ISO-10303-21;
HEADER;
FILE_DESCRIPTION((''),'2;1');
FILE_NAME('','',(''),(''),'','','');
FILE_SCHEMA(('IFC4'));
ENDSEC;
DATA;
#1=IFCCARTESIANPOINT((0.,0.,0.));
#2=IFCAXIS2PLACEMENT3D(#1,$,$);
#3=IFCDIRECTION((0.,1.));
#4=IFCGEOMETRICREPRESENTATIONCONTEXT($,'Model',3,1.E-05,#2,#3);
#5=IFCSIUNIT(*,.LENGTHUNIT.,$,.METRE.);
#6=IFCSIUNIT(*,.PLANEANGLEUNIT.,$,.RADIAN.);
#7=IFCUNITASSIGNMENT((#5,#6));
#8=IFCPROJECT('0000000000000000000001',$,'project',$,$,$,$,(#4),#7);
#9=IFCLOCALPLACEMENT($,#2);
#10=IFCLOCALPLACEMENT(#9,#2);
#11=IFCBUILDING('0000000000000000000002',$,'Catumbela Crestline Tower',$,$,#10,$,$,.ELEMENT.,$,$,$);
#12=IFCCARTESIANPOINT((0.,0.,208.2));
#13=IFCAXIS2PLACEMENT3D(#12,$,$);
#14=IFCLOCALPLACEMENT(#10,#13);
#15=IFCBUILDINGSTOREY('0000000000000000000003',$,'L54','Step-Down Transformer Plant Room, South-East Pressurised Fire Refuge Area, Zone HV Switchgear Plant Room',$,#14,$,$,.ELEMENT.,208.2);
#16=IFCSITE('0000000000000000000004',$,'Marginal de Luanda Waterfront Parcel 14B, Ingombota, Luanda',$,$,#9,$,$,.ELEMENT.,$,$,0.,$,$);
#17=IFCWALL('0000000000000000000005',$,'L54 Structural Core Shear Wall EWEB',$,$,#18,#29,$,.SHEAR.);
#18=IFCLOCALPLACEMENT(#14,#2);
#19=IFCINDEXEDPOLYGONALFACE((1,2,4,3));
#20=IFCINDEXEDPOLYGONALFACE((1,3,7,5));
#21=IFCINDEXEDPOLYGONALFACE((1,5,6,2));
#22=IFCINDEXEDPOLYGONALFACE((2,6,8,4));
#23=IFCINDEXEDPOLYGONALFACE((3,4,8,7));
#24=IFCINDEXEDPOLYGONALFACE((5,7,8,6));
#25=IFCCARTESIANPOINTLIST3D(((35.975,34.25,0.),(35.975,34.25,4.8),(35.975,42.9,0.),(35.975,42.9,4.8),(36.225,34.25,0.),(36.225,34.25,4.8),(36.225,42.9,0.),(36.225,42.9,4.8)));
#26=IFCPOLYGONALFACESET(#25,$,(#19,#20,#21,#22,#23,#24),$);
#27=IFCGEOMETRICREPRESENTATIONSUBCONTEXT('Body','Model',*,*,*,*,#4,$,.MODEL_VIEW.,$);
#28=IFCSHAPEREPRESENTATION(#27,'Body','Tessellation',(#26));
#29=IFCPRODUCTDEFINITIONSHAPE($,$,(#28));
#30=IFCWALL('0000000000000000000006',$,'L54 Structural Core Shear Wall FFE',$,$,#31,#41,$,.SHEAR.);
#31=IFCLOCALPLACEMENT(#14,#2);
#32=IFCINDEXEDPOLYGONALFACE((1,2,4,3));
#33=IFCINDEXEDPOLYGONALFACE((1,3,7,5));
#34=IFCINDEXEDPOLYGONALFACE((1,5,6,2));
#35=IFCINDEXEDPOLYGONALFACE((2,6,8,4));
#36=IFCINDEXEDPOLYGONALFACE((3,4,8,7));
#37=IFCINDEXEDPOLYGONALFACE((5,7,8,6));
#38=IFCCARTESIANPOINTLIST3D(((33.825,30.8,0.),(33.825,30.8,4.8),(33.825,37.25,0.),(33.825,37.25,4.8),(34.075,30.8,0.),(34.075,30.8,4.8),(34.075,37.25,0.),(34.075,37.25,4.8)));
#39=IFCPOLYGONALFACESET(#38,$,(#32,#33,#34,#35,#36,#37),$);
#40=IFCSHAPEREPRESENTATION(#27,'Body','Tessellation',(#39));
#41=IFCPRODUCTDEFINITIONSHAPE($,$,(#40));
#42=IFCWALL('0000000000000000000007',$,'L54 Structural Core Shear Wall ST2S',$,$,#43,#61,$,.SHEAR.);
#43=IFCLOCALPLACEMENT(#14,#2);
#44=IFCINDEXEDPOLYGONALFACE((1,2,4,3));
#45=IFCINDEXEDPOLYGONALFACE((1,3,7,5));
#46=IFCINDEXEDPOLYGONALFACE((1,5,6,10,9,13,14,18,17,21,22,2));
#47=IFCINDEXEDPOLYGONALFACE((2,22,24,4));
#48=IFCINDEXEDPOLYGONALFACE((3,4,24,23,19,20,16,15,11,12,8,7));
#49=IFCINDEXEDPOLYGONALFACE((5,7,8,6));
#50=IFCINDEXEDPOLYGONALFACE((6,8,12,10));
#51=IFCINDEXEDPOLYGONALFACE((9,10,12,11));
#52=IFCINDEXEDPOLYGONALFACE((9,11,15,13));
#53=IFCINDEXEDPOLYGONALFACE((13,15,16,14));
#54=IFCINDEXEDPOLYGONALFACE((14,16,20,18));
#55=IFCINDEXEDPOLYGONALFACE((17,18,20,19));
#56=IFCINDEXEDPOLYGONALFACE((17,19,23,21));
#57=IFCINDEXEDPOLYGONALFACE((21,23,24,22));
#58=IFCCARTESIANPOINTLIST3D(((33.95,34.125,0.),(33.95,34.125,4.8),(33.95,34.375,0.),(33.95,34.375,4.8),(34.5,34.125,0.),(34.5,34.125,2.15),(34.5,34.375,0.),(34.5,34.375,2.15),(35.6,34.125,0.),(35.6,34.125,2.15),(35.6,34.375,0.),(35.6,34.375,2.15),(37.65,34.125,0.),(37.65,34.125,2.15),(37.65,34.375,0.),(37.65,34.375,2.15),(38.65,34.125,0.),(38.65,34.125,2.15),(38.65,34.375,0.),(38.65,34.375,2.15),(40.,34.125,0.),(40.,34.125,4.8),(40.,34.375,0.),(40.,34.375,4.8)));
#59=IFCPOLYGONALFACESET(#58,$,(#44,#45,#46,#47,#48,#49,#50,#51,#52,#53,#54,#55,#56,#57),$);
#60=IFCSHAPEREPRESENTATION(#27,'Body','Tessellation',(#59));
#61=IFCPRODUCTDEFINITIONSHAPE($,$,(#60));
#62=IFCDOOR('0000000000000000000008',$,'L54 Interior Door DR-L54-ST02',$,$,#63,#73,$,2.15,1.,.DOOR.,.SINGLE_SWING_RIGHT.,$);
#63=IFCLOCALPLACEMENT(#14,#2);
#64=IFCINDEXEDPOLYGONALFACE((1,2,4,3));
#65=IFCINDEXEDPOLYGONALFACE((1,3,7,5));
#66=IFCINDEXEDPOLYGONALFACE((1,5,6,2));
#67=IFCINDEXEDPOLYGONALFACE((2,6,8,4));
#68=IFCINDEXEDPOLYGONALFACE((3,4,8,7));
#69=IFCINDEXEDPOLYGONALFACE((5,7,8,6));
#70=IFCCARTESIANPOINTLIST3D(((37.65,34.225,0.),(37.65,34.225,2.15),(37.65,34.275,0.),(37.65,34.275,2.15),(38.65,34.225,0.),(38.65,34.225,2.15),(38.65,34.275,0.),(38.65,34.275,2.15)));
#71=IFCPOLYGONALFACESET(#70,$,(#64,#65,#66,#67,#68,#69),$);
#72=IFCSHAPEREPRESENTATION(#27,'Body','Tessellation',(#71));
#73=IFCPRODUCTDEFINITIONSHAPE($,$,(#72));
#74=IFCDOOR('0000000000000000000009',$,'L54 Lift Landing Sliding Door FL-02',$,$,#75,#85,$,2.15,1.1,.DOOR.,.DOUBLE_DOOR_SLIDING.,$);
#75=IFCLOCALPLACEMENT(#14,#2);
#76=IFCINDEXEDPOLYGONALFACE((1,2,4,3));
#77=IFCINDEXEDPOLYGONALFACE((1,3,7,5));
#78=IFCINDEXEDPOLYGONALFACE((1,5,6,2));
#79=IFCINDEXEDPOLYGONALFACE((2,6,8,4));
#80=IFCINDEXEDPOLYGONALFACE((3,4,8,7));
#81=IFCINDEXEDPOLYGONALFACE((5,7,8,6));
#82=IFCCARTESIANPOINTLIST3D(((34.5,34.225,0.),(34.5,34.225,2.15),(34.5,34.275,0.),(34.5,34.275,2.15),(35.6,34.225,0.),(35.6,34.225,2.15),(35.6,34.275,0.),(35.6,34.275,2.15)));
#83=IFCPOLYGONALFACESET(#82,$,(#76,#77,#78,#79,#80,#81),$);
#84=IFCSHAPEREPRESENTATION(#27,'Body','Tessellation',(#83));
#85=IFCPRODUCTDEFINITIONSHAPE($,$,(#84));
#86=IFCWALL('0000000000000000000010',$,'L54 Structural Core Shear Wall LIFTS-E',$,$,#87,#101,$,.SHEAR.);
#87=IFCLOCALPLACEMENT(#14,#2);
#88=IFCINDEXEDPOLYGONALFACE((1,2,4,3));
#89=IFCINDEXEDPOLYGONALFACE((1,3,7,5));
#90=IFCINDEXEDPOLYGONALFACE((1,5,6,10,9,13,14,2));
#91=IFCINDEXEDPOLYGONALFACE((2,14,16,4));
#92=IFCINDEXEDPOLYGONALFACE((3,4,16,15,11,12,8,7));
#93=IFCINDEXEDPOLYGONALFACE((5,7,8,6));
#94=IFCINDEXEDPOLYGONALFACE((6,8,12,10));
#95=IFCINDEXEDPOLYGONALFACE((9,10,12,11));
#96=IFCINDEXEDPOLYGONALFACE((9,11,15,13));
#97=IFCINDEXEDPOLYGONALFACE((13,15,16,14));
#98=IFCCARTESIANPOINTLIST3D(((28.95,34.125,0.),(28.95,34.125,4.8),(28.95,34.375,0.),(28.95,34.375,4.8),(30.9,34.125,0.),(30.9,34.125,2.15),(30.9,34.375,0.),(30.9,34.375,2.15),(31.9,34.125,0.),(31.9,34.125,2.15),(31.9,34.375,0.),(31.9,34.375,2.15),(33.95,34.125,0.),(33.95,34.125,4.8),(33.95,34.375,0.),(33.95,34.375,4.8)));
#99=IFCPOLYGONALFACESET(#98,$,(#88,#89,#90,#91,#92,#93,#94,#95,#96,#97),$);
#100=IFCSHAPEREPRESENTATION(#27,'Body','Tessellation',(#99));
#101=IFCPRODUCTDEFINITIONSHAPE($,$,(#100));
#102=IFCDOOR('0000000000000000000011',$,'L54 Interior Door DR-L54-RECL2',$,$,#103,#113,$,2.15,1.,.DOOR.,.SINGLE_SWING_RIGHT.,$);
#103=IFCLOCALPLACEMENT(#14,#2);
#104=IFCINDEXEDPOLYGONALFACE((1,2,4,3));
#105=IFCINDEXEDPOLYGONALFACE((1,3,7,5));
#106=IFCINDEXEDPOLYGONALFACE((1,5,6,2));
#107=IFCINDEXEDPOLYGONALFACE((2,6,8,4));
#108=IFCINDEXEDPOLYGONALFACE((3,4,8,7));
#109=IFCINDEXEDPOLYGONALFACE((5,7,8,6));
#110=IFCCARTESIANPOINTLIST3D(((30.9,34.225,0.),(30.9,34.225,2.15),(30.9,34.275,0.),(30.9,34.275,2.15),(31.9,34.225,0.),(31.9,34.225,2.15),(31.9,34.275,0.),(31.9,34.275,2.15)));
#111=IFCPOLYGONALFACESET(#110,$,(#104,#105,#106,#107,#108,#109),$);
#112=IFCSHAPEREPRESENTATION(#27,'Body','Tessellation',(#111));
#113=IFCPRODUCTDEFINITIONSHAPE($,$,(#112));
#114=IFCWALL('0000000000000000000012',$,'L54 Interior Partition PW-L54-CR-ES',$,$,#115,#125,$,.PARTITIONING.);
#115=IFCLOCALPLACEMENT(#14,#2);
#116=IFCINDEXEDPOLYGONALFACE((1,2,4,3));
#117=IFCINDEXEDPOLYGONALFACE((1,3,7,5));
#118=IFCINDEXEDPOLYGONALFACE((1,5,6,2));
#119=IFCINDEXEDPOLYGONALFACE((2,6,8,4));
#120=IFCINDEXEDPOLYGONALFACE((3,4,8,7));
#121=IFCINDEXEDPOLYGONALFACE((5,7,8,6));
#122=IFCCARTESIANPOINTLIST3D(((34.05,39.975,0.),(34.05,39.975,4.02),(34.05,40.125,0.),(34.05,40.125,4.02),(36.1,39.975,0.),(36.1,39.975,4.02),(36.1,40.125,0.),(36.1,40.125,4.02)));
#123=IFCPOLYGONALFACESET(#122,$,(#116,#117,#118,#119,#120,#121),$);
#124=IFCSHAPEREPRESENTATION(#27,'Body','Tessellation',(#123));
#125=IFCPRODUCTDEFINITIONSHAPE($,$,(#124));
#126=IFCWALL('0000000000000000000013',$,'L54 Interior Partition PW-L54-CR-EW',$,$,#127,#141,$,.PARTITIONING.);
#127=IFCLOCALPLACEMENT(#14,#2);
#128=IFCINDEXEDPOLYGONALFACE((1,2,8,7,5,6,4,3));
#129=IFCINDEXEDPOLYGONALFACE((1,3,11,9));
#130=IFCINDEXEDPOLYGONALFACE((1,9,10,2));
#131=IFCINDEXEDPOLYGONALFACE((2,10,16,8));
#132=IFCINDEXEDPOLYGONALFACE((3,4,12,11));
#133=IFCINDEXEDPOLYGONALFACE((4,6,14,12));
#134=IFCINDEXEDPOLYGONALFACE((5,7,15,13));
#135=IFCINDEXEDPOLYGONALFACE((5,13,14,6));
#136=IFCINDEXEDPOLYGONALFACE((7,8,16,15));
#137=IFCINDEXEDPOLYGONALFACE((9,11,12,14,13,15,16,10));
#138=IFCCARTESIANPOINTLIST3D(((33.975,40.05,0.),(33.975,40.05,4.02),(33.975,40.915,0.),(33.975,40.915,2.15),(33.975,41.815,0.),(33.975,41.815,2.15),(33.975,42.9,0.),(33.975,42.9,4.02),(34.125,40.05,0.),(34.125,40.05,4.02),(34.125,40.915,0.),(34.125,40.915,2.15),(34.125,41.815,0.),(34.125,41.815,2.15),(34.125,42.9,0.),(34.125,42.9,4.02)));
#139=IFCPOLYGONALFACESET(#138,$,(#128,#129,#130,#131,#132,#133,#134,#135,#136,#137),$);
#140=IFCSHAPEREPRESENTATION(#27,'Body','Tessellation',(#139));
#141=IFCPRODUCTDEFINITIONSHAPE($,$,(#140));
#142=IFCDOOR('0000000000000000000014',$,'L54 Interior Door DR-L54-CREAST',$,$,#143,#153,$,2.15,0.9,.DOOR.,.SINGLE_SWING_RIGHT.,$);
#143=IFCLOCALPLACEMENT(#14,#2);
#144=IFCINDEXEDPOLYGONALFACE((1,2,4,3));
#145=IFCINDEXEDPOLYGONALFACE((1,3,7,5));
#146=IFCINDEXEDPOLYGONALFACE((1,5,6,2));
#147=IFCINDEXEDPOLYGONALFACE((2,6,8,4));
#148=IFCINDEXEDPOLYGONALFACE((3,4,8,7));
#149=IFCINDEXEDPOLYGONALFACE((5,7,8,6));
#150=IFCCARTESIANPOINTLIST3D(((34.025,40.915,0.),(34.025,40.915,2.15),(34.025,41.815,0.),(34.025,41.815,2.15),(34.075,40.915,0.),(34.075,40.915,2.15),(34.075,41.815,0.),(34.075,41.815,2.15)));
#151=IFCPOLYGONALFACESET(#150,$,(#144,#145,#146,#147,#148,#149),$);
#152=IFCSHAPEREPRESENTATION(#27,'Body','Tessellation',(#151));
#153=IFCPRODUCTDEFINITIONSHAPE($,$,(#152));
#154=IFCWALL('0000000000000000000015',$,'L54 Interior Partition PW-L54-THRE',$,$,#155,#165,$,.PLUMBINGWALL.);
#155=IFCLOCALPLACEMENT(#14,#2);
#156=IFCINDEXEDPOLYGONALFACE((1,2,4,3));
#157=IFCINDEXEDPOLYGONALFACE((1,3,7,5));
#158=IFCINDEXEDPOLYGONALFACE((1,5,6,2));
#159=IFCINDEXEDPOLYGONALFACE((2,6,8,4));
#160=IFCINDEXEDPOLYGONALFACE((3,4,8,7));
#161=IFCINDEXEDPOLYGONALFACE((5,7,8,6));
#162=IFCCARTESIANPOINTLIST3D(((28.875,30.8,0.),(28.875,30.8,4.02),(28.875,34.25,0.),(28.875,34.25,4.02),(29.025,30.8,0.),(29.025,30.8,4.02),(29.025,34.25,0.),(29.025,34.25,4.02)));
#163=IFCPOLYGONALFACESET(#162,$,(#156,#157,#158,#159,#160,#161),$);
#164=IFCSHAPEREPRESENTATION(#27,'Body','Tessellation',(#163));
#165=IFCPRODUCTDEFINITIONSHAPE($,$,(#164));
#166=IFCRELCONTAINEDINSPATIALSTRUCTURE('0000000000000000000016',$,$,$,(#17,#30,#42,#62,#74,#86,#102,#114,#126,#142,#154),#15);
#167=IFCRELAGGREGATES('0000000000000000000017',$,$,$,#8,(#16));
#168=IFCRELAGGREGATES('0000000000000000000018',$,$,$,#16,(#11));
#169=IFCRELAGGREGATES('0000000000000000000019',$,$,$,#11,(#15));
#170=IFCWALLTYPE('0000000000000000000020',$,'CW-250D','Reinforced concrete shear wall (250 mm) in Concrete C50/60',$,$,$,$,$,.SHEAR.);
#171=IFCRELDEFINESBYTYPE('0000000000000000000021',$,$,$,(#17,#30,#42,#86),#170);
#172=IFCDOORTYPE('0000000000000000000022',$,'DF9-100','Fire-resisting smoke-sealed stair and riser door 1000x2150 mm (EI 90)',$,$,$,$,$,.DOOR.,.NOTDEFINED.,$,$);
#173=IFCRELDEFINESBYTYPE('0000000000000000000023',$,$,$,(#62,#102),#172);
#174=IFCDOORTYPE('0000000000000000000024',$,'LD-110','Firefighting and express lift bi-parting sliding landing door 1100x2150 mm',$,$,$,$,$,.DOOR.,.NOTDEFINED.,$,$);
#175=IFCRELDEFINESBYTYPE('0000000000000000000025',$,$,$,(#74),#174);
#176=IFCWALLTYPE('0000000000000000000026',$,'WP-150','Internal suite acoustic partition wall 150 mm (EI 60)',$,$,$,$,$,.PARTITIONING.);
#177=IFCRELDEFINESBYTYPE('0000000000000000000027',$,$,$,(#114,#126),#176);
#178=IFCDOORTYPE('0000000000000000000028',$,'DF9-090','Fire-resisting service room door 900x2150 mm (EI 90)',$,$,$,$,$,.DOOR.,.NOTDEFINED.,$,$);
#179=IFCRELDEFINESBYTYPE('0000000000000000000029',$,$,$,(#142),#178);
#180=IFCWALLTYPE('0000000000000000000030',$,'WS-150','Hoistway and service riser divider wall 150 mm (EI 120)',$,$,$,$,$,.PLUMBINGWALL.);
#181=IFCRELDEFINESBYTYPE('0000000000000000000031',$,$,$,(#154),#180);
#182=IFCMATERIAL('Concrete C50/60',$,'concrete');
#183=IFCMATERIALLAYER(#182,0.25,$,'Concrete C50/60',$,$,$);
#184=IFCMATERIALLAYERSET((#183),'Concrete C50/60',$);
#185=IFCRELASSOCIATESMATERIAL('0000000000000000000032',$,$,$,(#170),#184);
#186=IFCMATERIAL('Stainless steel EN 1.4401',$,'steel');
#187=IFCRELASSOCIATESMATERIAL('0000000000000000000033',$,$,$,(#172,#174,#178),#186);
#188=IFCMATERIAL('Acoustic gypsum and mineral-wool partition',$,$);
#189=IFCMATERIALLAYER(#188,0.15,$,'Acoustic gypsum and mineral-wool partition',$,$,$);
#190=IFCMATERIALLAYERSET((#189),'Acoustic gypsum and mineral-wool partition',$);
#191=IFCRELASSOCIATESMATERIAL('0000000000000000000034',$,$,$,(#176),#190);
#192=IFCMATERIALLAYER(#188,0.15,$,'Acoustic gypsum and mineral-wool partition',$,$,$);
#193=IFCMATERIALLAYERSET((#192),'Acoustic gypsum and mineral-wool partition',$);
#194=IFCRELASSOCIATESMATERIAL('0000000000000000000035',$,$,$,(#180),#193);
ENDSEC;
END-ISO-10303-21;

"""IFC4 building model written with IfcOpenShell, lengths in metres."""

from ifc_helpers import new_model, si_unit, direction, frame, frame_2d, origin, place, context, subcontext, project, spatial, rectangle, extrude, material, layer, layer_set, type_object, element, fill, save


model = new_model("IFC4")

# Units and contexts
model_context = context("Model", 3, precision=1e-05, world=origin(), true_north=direction((0.0, 1.0)))
body_context = subcontext(model_context, "Body", "Model", "MODEL_VIEW")
ifc_project = project(units=[si_unit("LENGTHUNIT", "METRE"), si_unit("PLANEANGLEUNIT", "RADIAN")], contexts=[model_context])

# Site, building, storey
site_placement = place(None, origin())
site = spatial("IfcSite", under=ifc_project, at=site_placement, Name="Marginal de Luanda Waterfront Parcel 14B, Ingombota, Luanda", CompositionType="ELEMENT", RefElevation=0.0)
building_placement = place(site_placement, origin())
building = spatial("IfcBuilding", under=site, at=building_placement, Name="Catumbela Crestline Tower", CompositionType="ELEMENT")
storey_placement = place(building_placement, frame((0.0, 0.0, 208.2)))
storey = spatial("IfcBuildingStorey", under=building, at=storey_placement, Name="L54", Description="Step-Down Transformer Plant Room, South-East Pressurised Fire Refuge Area, Zone HV Switchgear Plant Room", CompositionType="ELEMENT", Elevation=208.2)

# Walls
ifc_material_1 = material(Name="Concrete C50/60", Category="concrete")
ifc_layer_1 = layer(ifc_material_1, 0.25, Name="Concrete C50/60")
ifc_layer_set_1 = layer_set([ifc_layer_1], Name="Concrete C50/60")
wall_type_1 = type_object("IfcWallType", Name="CW-250D", Description="Reinforced concrete shear wall (250 mm) in Concrete C50/60", PredefinedType="SHEAR", material=ifc_layer_set_1)
wall_1_placement = place(storey_placement, frame((36.1, 34.25, 0.0), z_axis=(0.0, 0.0, 1.0), x_axis=(0.0, 1.0, 0.0)))
element("IfcWall", 1, at=wall_1_placement, inside=storey, type_object=wall_type_1, Name="L54 Structural Core Shear Wall EWEB", PredefinedType="SHEAR", context=body_context, shape_type="SweptSolid", body=[
    extrude(rectangle(XDim=8.65, YDim=0.25, at=frame_2d((4.325, 0.0))), origin(), (0.0, 0.0, 1.0), 4.8),
])
wall_2_placement = place(storey_placement, frame((33.95, 30.8, 0.0), z_axis=(0.0, 0.0, 1.0), x_axis=(0.0, 1.0, 0.0)))
element("IfcWall", 2, at=wall_2_placement, inside=storey, type_object=wall_type_1, Name="L54 Structural Core Shear Wall FFE", PredefinedType="SHEAR", context=body_context, shape_type="SweptSolid", body=[
    extrude(rectangle(XDim=6.45, YDim=0.25, at=frame_2d((3.225, 0.0))), origin(), (0.0, 0.0, 1.0), 4.8),
])

# Wall, openings, doors
wall_3_placement = place(storey_placement, frame((33.95, 34.25, 0.0), z_axis=(0.0, 0.0, 1.0), x_axis=(1.0, 0.0, 0.0)))
wall_3 = element("IfcWall", 3, at=wall_3_placement, inside=storey, type_object=wall_type_1, Name="L54 Structural Core Shear Wall ST2S", PredefinedType="SHEAR", context=body_context, shape_type="SweptSolid", body=[
    extrude(rectangle(XDim=6.05, YDim=0.25, at=frame_2d((3.025, 0.0))), origin(), (0.0, 0.0, 1.0), 4.8),
])
opening_1_placement = place(wall_3_placement, frame((3.7, 0.0, 0.0)))
opening_1 = element("IfcOpeningElement", 4, at=opening_1_placement, cuts=wall_3, PredefinedType="OPENING", context=body_context, shape_type="SweptSolid", body=[
    extrude(rectangle(XDim=1.0, YDim=2.15, at=frame_2d((0.5, 1.075))), frame((0.0, 0.135, 0.0), z_axis=(0.0, -1.0, 0.0), x_axis=(1.0, 0.0, 0.0)), (0.0, 0.0, 1.0), 0.27),
])
opening_2_placement = place(wall_3_placement, frame((0.55, 0.0, 0.0)))
opening_2 = element("IfcOpeningElement", 5, at=opening_2_placement, cuts=wall_3, PredefinedType="OPENING", context=body_context, shape_type="SweptSolid", body=[
    extrude(rectangle(XDim=1.1, YDim=2.15, at=frame_2d((0.55, 1.075))), frame((0.0, 0.135, 0.0), z_axis=(0.0, -1.0, 0.0), x_axis=(1.0, 0.0, 0.0)), (0.0, 0.0, 1.0), 0.27),
])
ifc_material_2 = material(Name="Stainless steel EN 1.4401", Category="steel")
door_type_1 = type_object("IfcDoorType", Name="DF9-100", Description="Fire-resisting smoke-sealed stair and riser door 1000x2150 mm (EI 90)", OperationType="NOTDEFINED", PredefinedType="DOOR", material=ifc_material_2)
door_1_placement = place(opening_1_placement, origin())
door_1 = element("IfcDoor", 6, at=door_1_placement, inside=storey, type_object=door_type_1, Name="L54 Interior Door DR-L54-ST02", OperationType="SINGLE_SWING_RIGHT", OverallHeight=2.15, OverallWidth=1.0, PredefinedType="DOOR", context=body_context, shape_type="SweptSolid", body=[
    extrude(rectangle(XDim=1.0, YDim=2.15, at=frame_2d((0.5, 1.075))), frame((0.0, 0.025, 0.0), z_axis=(0.0, -1.0, 0.0), x_axis=(1.0, 0.0, 0.0)), (0.0, 0.0, 1.0), 0.05),
])
fill(opening_1, door_1)
door_type_2 = type_object("IfcDoorType", Name="LD-110", Description="Firefighting and express lift bi-parting sliding landing door 1100x2150 mm", OperationType="NOTDEFINED", PredefinedType="DOOR", material=ifc_material_2)
door_2_placement = place(opening_2_placement, origin())
door_2 = element("IfcDoor", 7, at=door_2_placement, inside=storey, type_object=door_type_2, Name="L54 Lift Landing Sliding Door FL-02", OperationType="DOUBLE_DOOR_SLIDING", OverallHeight=2.15, OverallWidth=1.1, PredefinedType="DOOR", context=body_context, shape_type="SweptSolid", body=[
    extrude(rectangle(XDim=1.1, YDim=2.15, at=frame_2d((0.55, 1.075))), frame((0.0, 0.025, 0.0), z_axis=(0.0, -1.0, 0.0), x_axis=(1.0, 0.0, 0.0)), (0.0, 0.0, 1.0), 0.05),
])
fill(opening_2, door_2)

# Wall, opening, door
wall_4_placement = place(storey_placement, frame((28.95, 34.25, 0.0), z_axis=(0.0, 0.0, 1.0), x_axis=(1.0, 0.0, 0.0)))
wall_4 = element("IfcWall", 8, at=wall_4_placement, inside=storey, type_object=wall_type_1, Name="L54 Structural Core Shear Wall LIFTS-E", PredefinedType="SHEAR", context=body_context, shape_type="SweptSolid", body=[
    extrude(rectangle(XDim=5.0, YDim=0.25, at=frame_2d((2.5, 0.0))), origin(), (0.0, 0.0, 1.0), 4.8),
])
opening_3_placement = place(wall_4_placement, frame((1.95, 0.0, 0.0)))
opening_3 = element("IfcOpeningElement", 9, at=opening_3_placement, cuts=wall_4, PredefinedType="OPENING", context=body_context, shape_type="SweptSolid", body=[
    extrude(rectangle(XDim=1.0, YDim=2.15, at=frame_2d((0.5, 1.075))), frame((0.0, 0.135, 0.0), z_axis=(0.0, -1.0, 0.0), x_axis=(1.0, 0.0, 0.0)), (0.0, 0.0, 1.0), 0.27),
])
door_3_placement = place(opening_3_placement, origin())
door_3 = element("IfcDoor", 10, at=door_3_placement, inside=storey, type_object=door_type_1, Name="L54 Interior Door DR-L54-RECL2", OperationType="SINGLE_SWING_RIGHT", OverallHeight=2.15, OverallWidth=1.0, PredefinedType="DOOR", context=body_context, shape_type="SweptSolid", body=[
    extrude(rectangle(XDim=1.0, YDim=2.15, at=frame_2d((0.5, 1.075))), frame((0.0, 0.025, 0.0), z_axis=(0.0, -1.0, 0.0), x_axis=(1.0, 0.0, 0.0)), (0.0, 0.0, 1.0), 0.05),
])
fill(opening_3, door_3)

# Wall
ifc_material_3 = material(Name="Acoustic gypsum and mineral-wool partition")
ifc_layer_2 = layer(ifc_material_3, 0.15, Name="Acoustic gypsum and mineral-wool partition")
ifc_layer_set_2 = layer_set([ifc_layer_2], Name="Acoustic gypsum and mineral-wool partition")
wall_type_2 = type_object("IfcWallType", Name="WP-150", Description="Internal suite acoustic partition wall 150 mm (EI 60)", PredefinedType="PARTITIONING", material=ifc_layer_set_2)
wall_5_placement = place(storey_placement, frame((34.05, 40.05, 0.0), z_axis=(0.0, 0.0, 1.0), x_axis=(1.0, 0.0, 0.0)))
element("IfcWall", 11, at=wall_5_placement, inside=storey, type_object=wall_type_2, Name="L54 Interior Partition PW-L54-CR-ES", PredefinedType="PARTITIONING", context=body_context, shape_type="SweptSolid", body=[
    extrude(rectangle(XDim=2.05, YDim=0.15, at=frame_2d((1.025, 0.0))), origin(), (0.0, 0.0, 1.0), 4.02),
])

# Wall, opening, door
wall_6_placement = place(storey_placement, frame((34.05, 40.05, 0.0), z_axis=(0.0, 0.0, 1.0), x_axis=(0.0, 1.0, 0.0)))
wall_6 = element("IfcWall", 12, at=wall_6_placement, inside=storey, type_object=wall_type_2, Name="L54 Interior Partition PW-L54-CR-EW", PredefinedType="PARTITIONING", context=body_context, shape_type="SweptSolid", body=[
    extrude(rectangle(XDim=2.85, YDim=0.15, at=frame_2d((1.425, 0.0))), origin(), (0.0, 0.0, 1.0), 4.02),
])
opening_4_placement = place(wall_6_placement, frame((0.865, 0.0, 0.0)))
opening_4 = element("IfcOpeningElement", 13, at=opening_4_placement, cuts=wall_6, PredefinedType="OPENING", context=body_context, shape_type="SweptSolid", body=[
    extrude(rectangle(XDim=0.9, YDim=2.15, at=frame_2d((0.45, 1.075))), frame((0.0, 0.085, 0.0), z_axis=(0.0, -1.0, 0.0), x_axis=(1.0, 0.0, 0.0)), (0.0, 0.0, 1.0), 0.17),
])
door_type_3 = type_object("IfcDoorType", Name="DF9-090", Description="Fire-resisting service room door 900x2150 mm (EI 90)", OperationType="NOTDEFINED", PredefinedType="DOOR", material=ifc_material_2)
door_4_placement = place(opening_4_placement, origin())
door_4 = element("IfcDoor", 14, at=door_4_placement, inside=storey, type_object=door_type_3, Name="L54 Interior Door DR-L54-CREAST", OperationType="SINGLE_SWING_RIGHT", OverallHeight=2.15, OverallWidth=0.9, PredefinedType="DOOR", context=body_context, shape_type="SweptSolid", body=[
    extrude(rectangle(XDim=0.9, YDim=2.15, at=frame_2d((0.45, 1.075))), frame((0.0, 0.025, 0.0), z_axis=(0.0, -1.0, 0.0), x_axis=(1.0, 0.0, 0.0)), (0.0, 0.0, 1.0), 0.05),
])
fill(opening_4, door_4)

# Wall
ifc_layer_3 = layer(ifc_material_3, 0.15, Name="Acoustic gypsum and mineral-wool partition")
ifc_layer_set_3 = layer_set([ifc_layer_3], Name="Acoustic gypsum and mineral-wool partition")
wall_type_3 = type_object("IfcWallType", Name="WS-150", Description="Hoistway and service riser divider wall 150 mm (EI 120)", PredefinedType="PLUMBINGWALL", material=ifc_layer_set_3)
wall_7_placement = place(storey_placement, frame((28.95, 30.8, 0.0), z_axis=(0.0, 0.0, 1.0), x_axis=(0.0, 1.0, 0.0)))
element("IfcWall", 15, at=wall_7_placement, inside=storey, type_object=wall_type_3, Name="L54 Interior Partition PW-L54-THRE", PredefinedType="PLUMBINGWALL", context=body_context, shape_type="SweptSolid", body=[
    extrude(rectangle(XDim=3.45, YDim=0.15, at=frame_2d((1.725, 0.0))), origin(), (0.0, 0.0, 1.0), 4.02),
])

save(model, "model.ifc")
